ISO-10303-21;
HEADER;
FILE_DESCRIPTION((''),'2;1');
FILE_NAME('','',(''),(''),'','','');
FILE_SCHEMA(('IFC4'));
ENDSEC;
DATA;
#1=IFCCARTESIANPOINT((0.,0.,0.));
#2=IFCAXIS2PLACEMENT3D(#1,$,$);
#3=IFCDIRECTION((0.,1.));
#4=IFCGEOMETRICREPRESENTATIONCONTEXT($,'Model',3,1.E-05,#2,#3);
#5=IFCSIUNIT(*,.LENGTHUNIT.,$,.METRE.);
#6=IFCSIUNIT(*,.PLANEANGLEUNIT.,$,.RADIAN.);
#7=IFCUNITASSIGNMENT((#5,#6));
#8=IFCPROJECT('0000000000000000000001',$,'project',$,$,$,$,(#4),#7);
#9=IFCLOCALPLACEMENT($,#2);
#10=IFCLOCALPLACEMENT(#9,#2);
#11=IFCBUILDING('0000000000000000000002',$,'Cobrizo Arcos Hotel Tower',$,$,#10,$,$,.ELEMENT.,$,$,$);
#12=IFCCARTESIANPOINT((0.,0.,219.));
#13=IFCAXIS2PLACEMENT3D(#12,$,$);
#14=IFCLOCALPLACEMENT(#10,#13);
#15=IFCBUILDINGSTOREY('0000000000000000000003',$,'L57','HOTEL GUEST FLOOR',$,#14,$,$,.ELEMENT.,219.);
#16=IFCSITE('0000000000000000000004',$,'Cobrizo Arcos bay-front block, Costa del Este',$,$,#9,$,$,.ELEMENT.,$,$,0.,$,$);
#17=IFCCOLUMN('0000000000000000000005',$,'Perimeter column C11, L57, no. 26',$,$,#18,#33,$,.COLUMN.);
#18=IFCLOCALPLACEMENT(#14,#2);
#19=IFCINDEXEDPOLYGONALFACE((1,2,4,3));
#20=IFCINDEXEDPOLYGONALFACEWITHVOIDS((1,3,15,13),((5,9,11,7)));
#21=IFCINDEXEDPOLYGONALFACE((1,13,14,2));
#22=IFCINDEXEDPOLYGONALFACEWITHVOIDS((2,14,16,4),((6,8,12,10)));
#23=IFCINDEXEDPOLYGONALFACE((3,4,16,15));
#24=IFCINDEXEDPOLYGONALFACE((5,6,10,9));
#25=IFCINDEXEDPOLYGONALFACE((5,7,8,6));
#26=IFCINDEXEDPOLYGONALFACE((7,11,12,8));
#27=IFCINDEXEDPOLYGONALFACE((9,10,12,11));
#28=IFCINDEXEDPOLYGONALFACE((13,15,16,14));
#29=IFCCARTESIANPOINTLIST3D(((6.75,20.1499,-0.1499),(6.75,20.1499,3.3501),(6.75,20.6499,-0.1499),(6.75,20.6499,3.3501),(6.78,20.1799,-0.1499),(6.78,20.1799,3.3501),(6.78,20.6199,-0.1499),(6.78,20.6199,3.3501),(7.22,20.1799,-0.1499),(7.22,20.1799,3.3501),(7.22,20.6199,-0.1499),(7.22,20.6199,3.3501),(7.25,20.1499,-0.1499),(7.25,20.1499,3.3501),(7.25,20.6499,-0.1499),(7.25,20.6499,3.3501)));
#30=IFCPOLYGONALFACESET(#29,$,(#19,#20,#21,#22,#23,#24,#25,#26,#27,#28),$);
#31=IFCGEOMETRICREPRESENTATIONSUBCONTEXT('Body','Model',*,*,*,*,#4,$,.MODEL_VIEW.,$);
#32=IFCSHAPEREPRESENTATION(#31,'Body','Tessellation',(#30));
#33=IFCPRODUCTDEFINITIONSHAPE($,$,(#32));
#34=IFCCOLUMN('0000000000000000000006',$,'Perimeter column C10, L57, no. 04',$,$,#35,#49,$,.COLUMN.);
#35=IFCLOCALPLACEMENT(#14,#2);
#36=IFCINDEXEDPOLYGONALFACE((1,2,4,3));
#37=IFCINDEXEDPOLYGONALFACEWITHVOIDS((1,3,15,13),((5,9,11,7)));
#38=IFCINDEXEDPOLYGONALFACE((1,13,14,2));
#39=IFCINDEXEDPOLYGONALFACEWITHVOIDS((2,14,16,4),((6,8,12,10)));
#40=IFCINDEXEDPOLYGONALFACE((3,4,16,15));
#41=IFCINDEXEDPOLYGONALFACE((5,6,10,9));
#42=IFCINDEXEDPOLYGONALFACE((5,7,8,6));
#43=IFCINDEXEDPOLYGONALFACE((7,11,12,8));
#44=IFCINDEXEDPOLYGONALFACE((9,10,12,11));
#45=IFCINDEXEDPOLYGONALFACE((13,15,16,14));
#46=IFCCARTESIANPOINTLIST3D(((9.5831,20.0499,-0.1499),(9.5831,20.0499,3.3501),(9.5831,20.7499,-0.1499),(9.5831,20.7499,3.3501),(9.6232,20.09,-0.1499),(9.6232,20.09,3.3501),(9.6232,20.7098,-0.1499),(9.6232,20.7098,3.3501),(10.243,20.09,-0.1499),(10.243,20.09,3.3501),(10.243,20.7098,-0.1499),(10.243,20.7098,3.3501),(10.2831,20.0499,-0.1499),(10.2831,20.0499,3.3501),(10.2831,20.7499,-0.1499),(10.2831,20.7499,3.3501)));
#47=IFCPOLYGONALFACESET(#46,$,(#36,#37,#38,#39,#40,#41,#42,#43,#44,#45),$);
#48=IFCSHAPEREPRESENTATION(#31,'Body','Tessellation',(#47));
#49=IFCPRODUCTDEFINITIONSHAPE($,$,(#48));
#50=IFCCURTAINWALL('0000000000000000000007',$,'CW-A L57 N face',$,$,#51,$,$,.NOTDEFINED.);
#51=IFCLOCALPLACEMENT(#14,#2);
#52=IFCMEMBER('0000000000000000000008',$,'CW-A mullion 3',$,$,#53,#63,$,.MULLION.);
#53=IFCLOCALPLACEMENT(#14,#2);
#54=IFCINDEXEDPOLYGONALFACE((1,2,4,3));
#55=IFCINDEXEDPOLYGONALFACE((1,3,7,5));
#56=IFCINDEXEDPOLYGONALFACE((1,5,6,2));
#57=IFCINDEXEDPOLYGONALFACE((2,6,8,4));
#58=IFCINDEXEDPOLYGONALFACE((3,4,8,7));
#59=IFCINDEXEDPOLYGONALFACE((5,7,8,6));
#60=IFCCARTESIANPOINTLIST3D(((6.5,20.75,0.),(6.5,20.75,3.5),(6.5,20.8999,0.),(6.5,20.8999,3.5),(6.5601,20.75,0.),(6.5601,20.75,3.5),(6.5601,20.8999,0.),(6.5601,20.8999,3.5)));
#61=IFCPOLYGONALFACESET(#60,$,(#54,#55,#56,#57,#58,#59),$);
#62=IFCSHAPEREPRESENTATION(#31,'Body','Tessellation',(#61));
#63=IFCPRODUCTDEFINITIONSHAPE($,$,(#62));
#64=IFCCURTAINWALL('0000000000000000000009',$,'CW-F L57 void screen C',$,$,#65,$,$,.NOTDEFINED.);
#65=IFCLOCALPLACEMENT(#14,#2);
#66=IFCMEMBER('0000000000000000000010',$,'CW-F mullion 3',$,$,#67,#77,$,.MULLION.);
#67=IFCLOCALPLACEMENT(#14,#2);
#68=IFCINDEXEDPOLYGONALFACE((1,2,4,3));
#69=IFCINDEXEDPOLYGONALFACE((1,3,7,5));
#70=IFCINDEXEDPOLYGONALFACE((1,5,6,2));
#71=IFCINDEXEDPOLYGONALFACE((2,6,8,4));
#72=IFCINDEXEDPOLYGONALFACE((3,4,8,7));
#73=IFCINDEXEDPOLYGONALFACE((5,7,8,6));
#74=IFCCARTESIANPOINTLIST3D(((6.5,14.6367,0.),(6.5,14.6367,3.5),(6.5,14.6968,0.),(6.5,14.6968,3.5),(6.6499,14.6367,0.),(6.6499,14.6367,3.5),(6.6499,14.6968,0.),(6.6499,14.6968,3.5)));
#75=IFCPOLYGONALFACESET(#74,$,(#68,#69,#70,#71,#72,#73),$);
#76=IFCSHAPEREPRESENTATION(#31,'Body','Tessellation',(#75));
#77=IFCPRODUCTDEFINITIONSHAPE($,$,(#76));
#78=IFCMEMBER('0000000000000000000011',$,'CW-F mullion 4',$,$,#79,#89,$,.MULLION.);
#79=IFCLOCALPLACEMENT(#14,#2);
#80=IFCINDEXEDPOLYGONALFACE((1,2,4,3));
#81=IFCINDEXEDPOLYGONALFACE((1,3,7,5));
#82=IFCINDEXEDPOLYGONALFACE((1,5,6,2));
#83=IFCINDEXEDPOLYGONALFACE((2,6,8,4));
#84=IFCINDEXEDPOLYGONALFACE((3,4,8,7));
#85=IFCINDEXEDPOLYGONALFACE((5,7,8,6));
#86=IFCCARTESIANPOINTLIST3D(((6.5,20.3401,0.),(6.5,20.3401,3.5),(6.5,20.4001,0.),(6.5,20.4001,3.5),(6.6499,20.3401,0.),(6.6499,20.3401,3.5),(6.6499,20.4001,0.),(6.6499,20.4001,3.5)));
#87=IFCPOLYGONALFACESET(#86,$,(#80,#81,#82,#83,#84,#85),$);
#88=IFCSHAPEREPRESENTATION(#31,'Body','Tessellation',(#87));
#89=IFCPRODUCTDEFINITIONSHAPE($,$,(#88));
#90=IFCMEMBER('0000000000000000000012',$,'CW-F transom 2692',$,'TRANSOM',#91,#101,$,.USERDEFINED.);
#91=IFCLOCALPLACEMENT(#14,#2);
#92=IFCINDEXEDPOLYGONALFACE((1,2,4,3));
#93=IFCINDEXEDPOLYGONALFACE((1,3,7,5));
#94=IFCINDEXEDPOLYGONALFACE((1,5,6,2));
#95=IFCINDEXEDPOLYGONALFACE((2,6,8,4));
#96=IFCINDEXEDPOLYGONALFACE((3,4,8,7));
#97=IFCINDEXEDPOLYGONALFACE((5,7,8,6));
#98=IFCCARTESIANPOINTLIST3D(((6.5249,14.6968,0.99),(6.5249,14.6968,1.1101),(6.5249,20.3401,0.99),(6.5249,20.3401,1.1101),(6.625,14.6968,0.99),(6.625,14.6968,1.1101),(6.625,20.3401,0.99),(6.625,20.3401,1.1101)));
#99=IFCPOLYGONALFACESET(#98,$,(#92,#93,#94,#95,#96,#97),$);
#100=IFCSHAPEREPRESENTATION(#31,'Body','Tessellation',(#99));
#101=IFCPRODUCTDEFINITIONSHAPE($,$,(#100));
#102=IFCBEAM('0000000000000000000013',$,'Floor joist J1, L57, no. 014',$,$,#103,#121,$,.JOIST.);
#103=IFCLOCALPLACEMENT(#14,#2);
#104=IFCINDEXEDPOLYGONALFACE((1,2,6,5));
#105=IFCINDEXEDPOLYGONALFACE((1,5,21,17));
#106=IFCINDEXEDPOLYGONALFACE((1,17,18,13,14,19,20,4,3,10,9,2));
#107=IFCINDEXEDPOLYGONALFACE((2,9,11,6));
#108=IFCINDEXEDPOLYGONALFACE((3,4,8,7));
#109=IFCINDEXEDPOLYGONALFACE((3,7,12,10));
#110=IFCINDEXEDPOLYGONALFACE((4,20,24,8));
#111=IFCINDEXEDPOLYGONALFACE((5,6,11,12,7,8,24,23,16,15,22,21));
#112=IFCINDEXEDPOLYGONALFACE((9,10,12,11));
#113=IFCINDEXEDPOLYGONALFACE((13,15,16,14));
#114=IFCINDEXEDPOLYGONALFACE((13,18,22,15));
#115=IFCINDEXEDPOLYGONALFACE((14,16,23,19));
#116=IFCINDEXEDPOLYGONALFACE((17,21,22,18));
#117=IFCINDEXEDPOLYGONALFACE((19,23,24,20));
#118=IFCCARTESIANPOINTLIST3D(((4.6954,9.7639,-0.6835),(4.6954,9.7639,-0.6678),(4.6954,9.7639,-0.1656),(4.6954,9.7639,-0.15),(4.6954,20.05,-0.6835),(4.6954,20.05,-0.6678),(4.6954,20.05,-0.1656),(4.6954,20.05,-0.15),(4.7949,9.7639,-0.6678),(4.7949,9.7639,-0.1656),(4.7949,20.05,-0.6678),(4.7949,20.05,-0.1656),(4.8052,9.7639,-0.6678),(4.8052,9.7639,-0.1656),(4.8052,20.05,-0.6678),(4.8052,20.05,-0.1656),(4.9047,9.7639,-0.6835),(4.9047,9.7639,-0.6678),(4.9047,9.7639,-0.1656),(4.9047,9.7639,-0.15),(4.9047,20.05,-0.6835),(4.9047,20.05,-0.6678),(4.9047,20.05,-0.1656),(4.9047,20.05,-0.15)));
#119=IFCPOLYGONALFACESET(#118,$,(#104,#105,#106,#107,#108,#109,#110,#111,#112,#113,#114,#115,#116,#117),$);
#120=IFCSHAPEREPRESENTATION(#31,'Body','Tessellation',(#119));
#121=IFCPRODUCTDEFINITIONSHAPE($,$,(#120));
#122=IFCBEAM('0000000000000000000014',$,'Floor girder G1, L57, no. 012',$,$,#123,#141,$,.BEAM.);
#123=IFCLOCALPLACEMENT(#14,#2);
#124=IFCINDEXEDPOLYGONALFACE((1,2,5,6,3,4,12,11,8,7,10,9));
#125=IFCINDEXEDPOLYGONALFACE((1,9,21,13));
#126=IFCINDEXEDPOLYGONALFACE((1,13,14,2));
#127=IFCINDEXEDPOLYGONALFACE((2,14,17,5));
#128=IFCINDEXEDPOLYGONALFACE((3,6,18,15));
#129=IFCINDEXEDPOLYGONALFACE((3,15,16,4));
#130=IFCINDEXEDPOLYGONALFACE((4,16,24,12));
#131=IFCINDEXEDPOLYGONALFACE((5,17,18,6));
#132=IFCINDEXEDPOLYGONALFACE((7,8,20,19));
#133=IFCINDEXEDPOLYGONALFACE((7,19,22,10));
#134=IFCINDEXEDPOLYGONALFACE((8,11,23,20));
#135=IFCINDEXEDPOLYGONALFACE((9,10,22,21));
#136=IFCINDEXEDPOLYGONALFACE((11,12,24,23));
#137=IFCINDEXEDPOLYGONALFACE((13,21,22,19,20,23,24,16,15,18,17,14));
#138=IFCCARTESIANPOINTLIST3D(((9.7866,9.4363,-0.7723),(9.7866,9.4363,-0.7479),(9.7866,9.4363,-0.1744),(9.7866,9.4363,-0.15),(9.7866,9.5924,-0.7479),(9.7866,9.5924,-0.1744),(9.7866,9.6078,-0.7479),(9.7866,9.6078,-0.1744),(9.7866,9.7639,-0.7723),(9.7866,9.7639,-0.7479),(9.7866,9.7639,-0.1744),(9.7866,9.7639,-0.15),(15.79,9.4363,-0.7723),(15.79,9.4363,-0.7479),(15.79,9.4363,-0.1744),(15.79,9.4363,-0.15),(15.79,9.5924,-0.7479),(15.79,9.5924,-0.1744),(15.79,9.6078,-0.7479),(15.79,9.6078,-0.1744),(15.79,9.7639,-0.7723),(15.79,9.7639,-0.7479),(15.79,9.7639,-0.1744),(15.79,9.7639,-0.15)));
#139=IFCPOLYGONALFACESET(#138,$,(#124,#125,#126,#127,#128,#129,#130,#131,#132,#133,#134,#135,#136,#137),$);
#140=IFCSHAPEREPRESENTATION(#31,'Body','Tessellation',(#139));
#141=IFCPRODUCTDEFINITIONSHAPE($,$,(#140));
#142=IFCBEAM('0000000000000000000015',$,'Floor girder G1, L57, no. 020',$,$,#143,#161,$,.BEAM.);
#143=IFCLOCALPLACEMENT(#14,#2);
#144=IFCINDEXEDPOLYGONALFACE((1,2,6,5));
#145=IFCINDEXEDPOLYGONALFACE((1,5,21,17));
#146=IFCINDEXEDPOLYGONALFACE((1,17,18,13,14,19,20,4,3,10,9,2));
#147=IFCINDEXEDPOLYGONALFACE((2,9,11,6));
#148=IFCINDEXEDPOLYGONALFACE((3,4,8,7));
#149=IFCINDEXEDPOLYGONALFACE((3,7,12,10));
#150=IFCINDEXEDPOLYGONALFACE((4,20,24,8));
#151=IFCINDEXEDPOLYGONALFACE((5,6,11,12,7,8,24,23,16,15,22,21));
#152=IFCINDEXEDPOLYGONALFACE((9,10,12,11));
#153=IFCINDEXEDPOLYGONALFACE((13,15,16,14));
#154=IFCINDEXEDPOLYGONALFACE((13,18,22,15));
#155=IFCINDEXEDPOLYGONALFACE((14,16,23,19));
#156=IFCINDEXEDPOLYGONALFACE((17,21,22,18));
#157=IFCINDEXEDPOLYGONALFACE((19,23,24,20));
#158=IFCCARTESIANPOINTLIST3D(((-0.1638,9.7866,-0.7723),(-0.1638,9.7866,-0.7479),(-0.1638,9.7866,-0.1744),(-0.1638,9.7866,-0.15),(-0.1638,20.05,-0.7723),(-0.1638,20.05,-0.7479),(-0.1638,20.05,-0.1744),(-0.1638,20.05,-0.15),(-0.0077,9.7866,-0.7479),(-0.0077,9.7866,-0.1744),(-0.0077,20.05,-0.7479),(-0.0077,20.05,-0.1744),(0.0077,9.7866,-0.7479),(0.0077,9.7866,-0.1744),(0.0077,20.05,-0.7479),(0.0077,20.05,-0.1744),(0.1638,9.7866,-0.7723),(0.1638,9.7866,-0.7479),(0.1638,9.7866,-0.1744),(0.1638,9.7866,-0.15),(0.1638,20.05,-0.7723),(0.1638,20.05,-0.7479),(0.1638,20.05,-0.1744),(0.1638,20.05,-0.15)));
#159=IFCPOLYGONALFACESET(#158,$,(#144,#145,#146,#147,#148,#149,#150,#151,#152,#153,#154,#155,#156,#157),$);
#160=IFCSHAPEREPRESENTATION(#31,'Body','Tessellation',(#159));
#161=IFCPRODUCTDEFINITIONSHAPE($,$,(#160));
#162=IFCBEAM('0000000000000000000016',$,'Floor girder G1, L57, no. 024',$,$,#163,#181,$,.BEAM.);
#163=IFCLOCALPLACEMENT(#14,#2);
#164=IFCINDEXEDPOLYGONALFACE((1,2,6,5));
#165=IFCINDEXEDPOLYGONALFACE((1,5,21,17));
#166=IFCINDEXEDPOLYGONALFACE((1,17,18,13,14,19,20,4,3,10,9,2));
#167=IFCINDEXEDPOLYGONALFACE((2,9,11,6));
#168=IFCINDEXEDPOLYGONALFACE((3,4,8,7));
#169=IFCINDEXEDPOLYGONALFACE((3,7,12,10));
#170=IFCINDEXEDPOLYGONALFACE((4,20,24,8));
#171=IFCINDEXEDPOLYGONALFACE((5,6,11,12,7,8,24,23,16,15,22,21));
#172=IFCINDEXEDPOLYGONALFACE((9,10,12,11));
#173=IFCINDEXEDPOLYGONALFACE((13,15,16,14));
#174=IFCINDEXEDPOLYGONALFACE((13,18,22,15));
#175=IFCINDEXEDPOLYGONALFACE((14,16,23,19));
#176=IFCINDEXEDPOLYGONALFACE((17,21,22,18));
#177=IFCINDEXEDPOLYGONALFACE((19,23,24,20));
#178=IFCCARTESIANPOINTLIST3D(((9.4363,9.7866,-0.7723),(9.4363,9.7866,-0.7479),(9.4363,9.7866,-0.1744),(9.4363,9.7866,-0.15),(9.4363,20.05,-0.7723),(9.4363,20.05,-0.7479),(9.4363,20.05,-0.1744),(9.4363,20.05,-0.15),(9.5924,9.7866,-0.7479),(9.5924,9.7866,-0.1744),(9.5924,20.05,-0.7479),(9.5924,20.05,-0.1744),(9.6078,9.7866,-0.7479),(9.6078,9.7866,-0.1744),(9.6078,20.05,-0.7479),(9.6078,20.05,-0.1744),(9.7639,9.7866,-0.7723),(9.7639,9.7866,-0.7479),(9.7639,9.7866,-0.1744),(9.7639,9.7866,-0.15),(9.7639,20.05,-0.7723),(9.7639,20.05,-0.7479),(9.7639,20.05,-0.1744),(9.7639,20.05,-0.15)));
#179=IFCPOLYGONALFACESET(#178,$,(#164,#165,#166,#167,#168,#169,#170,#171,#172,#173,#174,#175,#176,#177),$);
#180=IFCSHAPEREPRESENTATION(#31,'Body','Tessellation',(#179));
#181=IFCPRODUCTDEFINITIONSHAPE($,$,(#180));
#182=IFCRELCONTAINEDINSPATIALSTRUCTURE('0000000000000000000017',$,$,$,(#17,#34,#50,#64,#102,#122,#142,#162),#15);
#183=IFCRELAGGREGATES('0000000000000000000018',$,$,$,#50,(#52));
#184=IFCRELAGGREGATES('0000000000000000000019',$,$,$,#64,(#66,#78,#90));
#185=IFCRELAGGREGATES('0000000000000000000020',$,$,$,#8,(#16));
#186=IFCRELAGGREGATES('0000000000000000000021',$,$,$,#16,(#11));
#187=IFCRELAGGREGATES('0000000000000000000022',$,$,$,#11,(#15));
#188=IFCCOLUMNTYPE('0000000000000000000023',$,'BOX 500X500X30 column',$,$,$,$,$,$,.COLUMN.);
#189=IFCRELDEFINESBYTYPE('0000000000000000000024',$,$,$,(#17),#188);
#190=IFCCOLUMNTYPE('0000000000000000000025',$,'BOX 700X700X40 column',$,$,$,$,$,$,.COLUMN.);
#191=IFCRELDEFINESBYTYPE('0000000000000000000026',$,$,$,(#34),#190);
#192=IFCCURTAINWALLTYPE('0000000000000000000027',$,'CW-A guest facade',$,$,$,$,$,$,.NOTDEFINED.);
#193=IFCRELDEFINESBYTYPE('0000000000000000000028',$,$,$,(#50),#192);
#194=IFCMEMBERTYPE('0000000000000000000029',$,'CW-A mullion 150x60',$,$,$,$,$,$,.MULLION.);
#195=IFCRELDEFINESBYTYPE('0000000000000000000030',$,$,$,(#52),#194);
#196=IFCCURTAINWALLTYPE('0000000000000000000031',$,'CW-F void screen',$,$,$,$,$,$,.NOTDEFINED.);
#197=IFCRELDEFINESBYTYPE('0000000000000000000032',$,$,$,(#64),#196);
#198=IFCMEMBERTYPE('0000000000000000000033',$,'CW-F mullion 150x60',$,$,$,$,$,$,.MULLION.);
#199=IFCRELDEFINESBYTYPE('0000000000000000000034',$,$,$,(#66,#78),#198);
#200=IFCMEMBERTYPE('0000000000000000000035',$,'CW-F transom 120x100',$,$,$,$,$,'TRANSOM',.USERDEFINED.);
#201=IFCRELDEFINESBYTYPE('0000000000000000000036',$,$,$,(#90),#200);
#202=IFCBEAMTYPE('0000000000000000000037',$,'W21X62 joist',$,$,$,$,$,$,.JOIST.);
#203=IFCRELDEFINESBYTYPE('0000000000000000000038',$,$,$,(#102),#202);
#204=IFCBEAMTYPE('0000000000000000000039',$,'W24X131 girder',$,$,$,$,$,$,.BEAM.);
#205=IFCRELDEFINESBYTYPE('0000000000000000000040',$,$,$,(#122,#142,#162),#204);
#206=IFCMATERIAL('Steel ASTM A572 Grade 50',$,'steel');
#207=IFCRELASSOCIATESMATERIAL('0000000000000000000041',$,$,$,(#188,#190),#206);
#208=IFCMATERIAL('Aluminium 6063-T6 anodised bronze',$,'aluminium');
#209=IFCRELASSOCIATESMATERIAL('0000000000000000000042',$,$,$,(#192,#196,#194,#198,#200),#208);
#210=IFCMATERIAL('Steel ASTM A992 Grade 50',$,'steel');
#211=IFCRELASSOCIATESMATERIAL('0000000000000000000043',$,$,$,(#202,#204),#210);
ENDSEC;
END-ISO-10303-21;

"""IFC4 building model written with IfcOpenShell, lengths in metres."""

from ifc_helpers import new_model, si_unit, direction, frame, origin, origin_2d, place, context, subcontext, project, spatial, rectangle, hollow_rectangle, i_section, extrude, material, material_profile, profile_set, type_object, element, aggregate, save


model = new_model("IFC4")

# Units and contexts
model_context = context("Model", 3, precision=1e-05, world=origin(), true_north=direction((0.0, 1.0)))
body_context = subcontext(model_context, "Body", "Model", "MODEL_VIEW")
ifc_project = project(units=[si_unit("LENGTHUNIT", "METRE"), si_unit("PLANEANGLEUNIT", "RADIAN")], contexts=[model_context])

# Site, building, storey
site_placement = place(None, origin())
site = spatial("IfcSite", under=ifc_project, at=site_placement, Name="Cobrizo Arcos bay-front block, Costa del Este", CompositionType="ELEMENT", RefElevation=0.0)
building_placement = place(site_placement, origin())
building = spatial("IfcBuilding", under=site, at=building_placement, Name="Cobrizo Arcos Hotel Tower", CompositionType="ELEMENT")
storey_placement = place(building_placement, frame((0.0, 0.0, 219.0)))
storey = spatial("IfcBuildingStorey", under=building, at=storey_placement, Name="L57", Description="HOTEL GUEST FLOOR", CompositionType="ELEMENT", Elevation=219.0)

# Columns
ifc_material_1 = material(Name="Steel ASTM A572 Grade 50", Category="steel")
ifc_material_profile_1 = material_profile(ifc_material_1, hollow_rectangle(XDim=0.5, YDim=0.5, WallThickness=0.03, at=origin_2d()), Name="BOX 500X500X30")
ifc_profile_set_1 = profile_set([ifc_material_profile_1], Name="Steel ASTM A572 Grade 50")
column_type_1 = type_object("IfcColumnType", Name="BOX 500X500X30 column", PredefinedType="COLUMN", material=ifc_profile_set_1)
column_1_placement = place(storey_placement, frame((7.0, 20.3999, -0.1499), z_axis=(0.0, 0.0, 1.0), x_axis=(1.0, 0.0, 0.0)))
element("IfcColumn", 1, at=column_1_placement, inside=storey, type_object=column_type_1, Name="Perimeter column C11, L57, no. 26", PredefinedType="COLUMN", context=body_context, shape_type="SweptSolid", body=[
    extrude(hollow_rectangle(XDim=0.5, YDim=0.5, WallThickness=0.03, at=origin_2d()), origin(), (0.0, 0.0, 1.0), 3.5),
])
ifc_material_profile_2 = material_profile(ifc_material_1, hollow_rectangle(XDim=0.7, YDim=0.7, WallThickness=0.04, at=origin_2d()), Name="BOX 700X700X40")
ifc_profile_set_2 = profile_set([ifc_material_profile_2], Name="Steel ASTM A572 Grade 50")
column_type_2 = type_object("IfcColumnType", Name="BOX 700X700X40 column", PredefinedType="COLUMN", material=ifc_profile_set_2)
column_2_placement = place(storey_placement, frame((9.9331, 20.3999, -0.1499), z_axis=(0.0, 0.0, 1.0), x_axis=(1.0, 0.0, 0.0)))
element("IfcColumn", 2, at=column_2_placement, inside=storey, type_object=column_type_2, Name="Perimeter column C10, L57, no. 04", PredefinedType="COLUMN", context=body_context, shape_type="SweptSolid", body=[
    extrude(hollow_rectangle(XDim=0.7, YDim=0.7, WallThickness=0.04, at=origin_2d()), origin(), (0.0, 0.0, 1.0), 3.5),
])

# Curtain wall, member
ifc_material_2 = material(Name="Aluminium 6063-T6 anodised bronze", Category="aluminium")
curtain_wall_type_1 = type_object("IfcCurtainWallType", Name="CW-A guest facade", PredefinedType="NOTDEFINED", material=ifc_material_2)
curtain_wall_1_placement = place(storey_placement, origin())
curtain_wall_1 = element("IfcCurtainWall", 3, at=curtain_wall_1_placement, inside=storey, type_object=curtain_wall_type_1, Name="CW-A L57 N face", PredefinedType="NOTDEFINED")
ifc_material_profile_3 = material_profile(ifc_material_2, rectangle(XDim=0.1499, YDim=0.0601, at=origin_2d()), Name="CW-A mullion 150x60")
ifc_profile_set_3 = profile_set([ifc_material_profile_3], Name="Aluminium 6063-T6 anodised bronze")
member_type_1 = type_object("IfcMemberType", Name="CW-A mullion 150x60", PredefinedType="MULLION", material=ifc_profile_set_3)
member_1_placement = place(storey_placement, frame((6.53, 20.825, 0.0), z_axis=(0.0, 0.0, 1.0), x_axis=(0.0, 1.0, 0.0)))
member_1 = element("IfcMember", 4, at=member_1_placement, type_object=member_type_1, Name="CW-A mullion 3", PredefinedType="MULLION", context=body_context, shape_type="SweptSolid", body=[
    extrude(rectangle(XDim=0.1499, YDim=0.0601, at=origin_2d()), origin(), (0.0, 0.0, 1.0), 3.5),
])

# Curtain wall, members
curtain_wall_type_2 = type_object("IfcCurtainWallType", Name="CW-F void screen", PredefinedType="NOTDEFINED", material=ifc_material_2)
curtain_wall_2_placement = place(storey_placement, origin())
curtain_wall_2 = element("IfcCurtainWall", 5, at=curtain_wall_2_placement, inside=storey, type_object=curtain_wall_type_2, Name="CW-F L57 void screen C", PredefinedType="NOTDEFINED")
ifc_material_profile_4 = material_profile(ifc_material_2, rectangle(XDim=0.1499, YDim=0.0601, at=origin_2d()), Name="CW-F mullion 150x60")
ifc_profile_set_4 = profile_set([ifc_material_profile_4], Name="Aluminium 6063-T6 anodised bronze")
member_type_2 = type_object("IfcMemberType", Name="CW-F mullion 150x60", PredefinedType="MULLION", material=ifc_profile_set_4)
member_2_placement = place(storey_placement, frame((6.575, 14.6667, 0.0), z_axis=(0.0, 0.0, 1.0), x_axis=(1.0, 0.0, 0.0)))
member_2 = element("IfcMember", 6, at=member_2_placement, type_object=member_type_2, Name="CW-F mullion 3", PredefinedType="MULLION", context=body_context, shape_type="SweptSolid", body=[
    extrude(rectangle(XDim=0.1499, YDim=0.0601, at=origin_2d()), origin(), (0.0, 0.0, 1.0), 3.5),
])
member_3_placement = place(storey_placement, frame((6.575, 20.3701, 0.0), z_axis=(0.0, 0.0, 1.0), x_axis=(1.0, 0.0, 0.0)))
member_3 = element("IfcMember", 7, at=member_3_placement, type_object=member_type_2, Name="CW-F mullion 4", PredefinedType="MULLION", context=body_context, shape_type="SweptSolid", body=[
    extrude(rectangle(XDim=0.1499, YDim=0.0601, at=origin_2d()), origin(), (0.0, 0.0, 1.0), 3.5),
])
ifc_material_profile_5 = material_profile(ifc_material_2, rectangle(XDim=0.1001, YDim=0.1201, at=origin_2d()), Name="CW-F transom 120x100")
ifc_profile_set_5 = profile_set([ifc_material_profile_5], Name="Aluminium 6063-T6 anodised bronze")
member_type_3 = type_object("IfcMemberType", Name="CW-F transom 120x100", ElementType="TRANSOM", PredefinedType="USERDEFINED", material=ifc_profile_set_5)
member_4_placement = place(storey_placement, frame((6.575, 14.6968, 1.05), z_axis=(0.0, 1.0, 0.0), x_axis=(-1.0, 0.0, 0.0)))
member_4 = element("IfcMember", 8, at=member_4_placement, type_object=member_type_3, Name="CW-F transom 2692", ObjectType="TRANSOM", PredefinedType="USERDEFINED", context=body_context, shape_type="SweptSolid", body=[
    extrude(rectangle(XDim=0.1001, YDim=0.1201, at=origin_2d()), origin(), (0.0, 0.0, 1.0), 5.6433),
])

# Beams
ifc_material_3 = material(Name="Steel ASTM A992 Grade 50", Category="steel")
ifc_material_profile_6 = material_profile(ifc_material_3, i_section(OverallWidth=0.2092, OverallDepth=0.5334, WebThickness=0.0103, FlangeThickness=0.0156, at=origin_2d()), Name="W21X62")
ifc_profile_set_6 = profile_set([ifc_material_profile_6], Name="Steel ASTM A992 Grade 50")
beam_type_1 = type_object("IfcBeamType", Name="W21X62 joist", PredefinedType="JOIST", material=ifc_profile_set_6)
beam_1_placement = place(storey_placement, frame((4.8, 9.7639, -0.4167), z_axis=(0.0, 1.0, 0.0), x_axis=(-1.0, 0.0, 0.0)))
element("IfcBeam", 9, at=beam_1_placement, inside=storey, type_object=beam_type_1, Name="Floor joist J1, L57, no. 014", PredefinedType="JOIST", context=body_context, shape_type="SweptSolid", body=[
    extrude(i_section(OverallWidth=0.2092, OverallDepth=0.5334, WebThickness=0.0103, FlangeThickness=0.0156, at=origin_2d()), origin(), (0.0, 0.0, 1.0), 10.2861),
])
ifc_material_profile_7 = material_profile(ifc_material_3, i_section(OverallWidth=0.3276, OverallDepth=0.6223, WebThickness=0.0154, FlangeThickness=0.0244, at=origin_2d()), Name="W24X131")
ifc_profile_set_7 = profile_set([ifc_material_profile_7], Name="Steel ASTM A992 Grade 50")
beam_type_2 = type_object("IfcBeamType", Name="W24X131 girder", PredefinedType="BEAM", material=ifc_profile_set_7)
beam_2_placement = place(storey_placement, frame((9.7866, 9.6001, -0.4612), z_axis=(1.0, 0.0, 0.0), x_axis=(0.0, 1.0, 0.0)))
element("IfcBeam", 10, at=beam_2_placement, inside=storey, type_object=beam_type_2, Name="Floor girder G1, L57, no. 012", PredefinedType="BEAM", context=body_context, shape_type="SweptSolid", body=[
    extrude(i_section(OverallWidth=0.3276, OverallDepth=0.6223, WebThickness=0.0154, FlangeThickness=0.0244, at=origin_2d()), origin(), (0.0, 0.0, 1.0), 6.0034),
])
for number, where, z_axis, x_axis, name in (
    (11, (0.0, 9.7866, -0.4612), (0.0, 1.0, 0.0), (-1.0, 0.0, 0.0), "Floor girder G1, L57, no. 020"),
    (12, (9.6001, 9.7866, -0.4612), (0.0, 1.0, 0.0), (-1.0, 0.0, 0.0), "Floor girder G1, L57, no. 024"),
):
    element("IfcBeam", number, at=place(storey_placement, frame(where, z_axis=z_axis, x_axis=x_axis)), inside=storey, type_object=beam_type_2, Name=name, PredefinedType="BEAM", context=body_context, shape_type="SweptSolid", body=[
        extrude(i_section(OverallWidth=0.3276, OverallDepth=0.6223, WebThickness=0.0154, FlangeThickness=0.0244, at=origin_2d()), origin(), (0.0, 0.0, 1.0), 10.2634),
    ])

aggregate(curtain_wall_1, [member_1])
aggregate(curtain_wall_2, [member_2, member_3, member_4])

save(model, "model.ifc")
